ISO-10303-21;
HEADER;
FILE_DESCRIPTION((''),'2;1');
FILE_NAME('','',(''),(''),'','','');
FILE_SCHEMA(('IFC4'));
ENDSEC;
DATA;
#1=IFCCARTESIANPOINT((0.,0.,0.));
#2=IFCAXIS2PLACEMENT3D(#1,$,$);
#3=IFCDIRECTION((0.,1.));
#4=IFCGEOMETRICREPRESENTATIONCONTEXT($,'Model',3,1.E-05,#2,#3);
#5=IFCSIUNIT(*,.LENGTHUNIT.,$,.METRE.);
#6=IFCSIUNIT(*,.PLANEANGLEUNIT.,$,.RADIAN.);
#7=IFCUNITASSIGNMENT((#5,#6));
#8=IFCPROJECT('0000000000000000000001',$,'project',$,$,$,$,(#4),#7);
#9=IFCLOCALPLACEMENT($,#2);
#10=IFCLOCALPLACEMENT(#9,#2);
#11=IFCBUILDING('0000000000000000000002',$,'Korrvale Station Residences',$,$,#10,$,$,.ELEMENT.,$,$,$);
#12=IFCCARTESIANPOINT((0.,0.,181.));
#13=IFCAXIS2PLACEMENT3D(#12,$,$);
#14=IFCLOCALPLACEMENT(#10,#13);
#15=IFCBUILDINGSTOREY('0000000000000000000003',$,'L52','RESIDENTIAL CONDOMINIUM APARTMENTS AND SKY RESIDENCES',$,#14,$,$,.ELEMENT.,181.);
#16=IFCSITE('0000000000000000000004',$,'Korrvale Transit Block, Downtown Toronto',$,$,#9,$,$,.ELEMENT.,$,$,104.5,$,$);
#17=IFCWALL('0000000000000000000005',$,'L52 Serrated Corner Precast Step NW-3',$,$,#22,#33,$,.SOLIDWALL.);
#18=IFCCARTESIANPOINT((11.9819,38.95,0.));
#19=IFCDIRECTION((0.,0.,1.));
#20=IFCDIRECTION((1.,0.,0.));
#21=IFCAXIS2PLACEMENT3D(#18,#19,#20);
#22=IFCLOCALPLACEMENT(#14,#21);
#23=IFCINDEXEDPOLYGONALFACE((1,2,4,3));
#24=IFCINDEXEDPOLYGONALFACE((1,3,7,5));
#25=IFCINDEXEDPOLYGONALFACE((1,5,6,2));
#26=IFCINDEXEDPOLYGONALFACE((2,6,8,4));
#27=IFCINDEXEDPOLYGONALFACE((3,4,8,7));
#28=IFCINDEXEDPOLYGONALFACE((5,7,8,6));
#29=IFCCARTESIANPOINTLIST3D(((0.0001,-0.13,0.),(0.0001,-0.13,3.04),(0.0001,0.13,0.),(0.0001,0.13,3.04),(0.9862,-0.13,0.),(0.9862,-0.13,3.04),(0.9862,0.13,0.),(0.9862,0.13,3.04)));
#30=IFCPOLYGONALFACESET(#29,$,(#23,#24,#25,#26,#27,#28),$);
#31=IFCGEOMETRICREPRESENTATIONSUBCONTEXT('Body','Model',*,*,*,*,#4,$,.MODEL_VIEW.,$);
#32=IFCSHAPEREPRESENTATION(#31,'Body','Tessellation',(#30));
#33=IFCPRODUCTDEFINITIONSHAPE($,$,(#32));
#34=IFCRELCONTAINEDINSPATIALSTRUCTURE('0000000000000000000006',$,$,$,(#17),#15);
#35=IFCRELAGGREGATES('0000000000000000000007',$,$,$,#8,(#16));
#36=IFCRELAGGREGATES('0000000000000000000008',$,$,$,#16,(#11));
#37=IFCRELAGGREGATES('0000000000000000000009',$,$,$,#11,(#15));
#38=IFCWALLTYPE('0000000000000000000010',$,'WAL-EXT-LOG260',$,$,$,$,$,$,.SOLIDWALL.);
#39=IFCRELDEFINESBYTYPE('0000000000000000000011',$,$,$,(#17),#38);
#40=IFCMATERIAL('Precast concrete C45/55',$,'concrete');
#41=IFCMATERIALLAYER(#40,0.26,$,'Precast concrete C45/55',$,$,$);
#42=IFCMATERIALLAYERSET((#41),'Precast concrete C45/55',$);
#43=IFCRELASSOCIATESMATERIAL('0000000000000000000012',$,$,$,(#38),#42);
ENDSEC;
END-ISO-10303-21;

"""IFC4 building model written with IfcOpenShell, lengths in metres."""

from ifc_helpers import new_model, si_unit, direction, frame, frame_2d, origin, place, context, subcontext, project, spatial, rectangle, extrude, material, layer, layer_set, type_object, element, save


model = new_model("IFC4")

# Units and contexts
model_context = context("Model", 3, precision=1e-05, world=origin(), true_north=direction((0.0, 1.0)))
body_context = subcontext(model_context, "Body", "Model", "MODEL_VIEW")
ifc_project = project(units=[si_unit("LENGTHUNIT", "METRE"), si_unit("PLANEANGLEUNIT", "RADIAN")], contexts=[model_context])

# Site, building, storey
site_placement = place(None, origin())
site = spatial("IfcSite", under=ifc_project, at=site_placement, Name="Korrvale Transit Block, Downtown Toronto", CompositionType="ELEMENT", RefElevation=104.5)
building_placement = place(site_placement, origin())
building = spatial("IfcBuilding", under=site, at=building_placement, Name="Korrvale Station Residences", CompositionType="ELEMENT")
storey_placement = place(building_placement, frame((0.0, 0.0, 181.0)))
storey = spatial("IfcBuildingStorey", under=building, at=storey_placement, Name="L52", Description="RESIDENTIAL CONDOMINIUM APARTMENTS AND SKY RESIDENCES", CompositionType="ELEMENT", Elevation=181.0)

# Wall
ifc_material_1 = material(Name="Precast concrete C45/55", Category="concrete")
ifc_layer_1 = layer(ifc_material_1, 0.26, Name="Precast concrete C45/55")
ifc_layer_set_1 = layer_set([ifc_layer_1], Name="Precast concrete C45/55")
wall_type_1 = type_object("IfcWallType", Name="WAL-EXT-LOG260", PredefinedType="SOLIDWALL", material=ifc_layer_set_1)
wall_1_placement = place(storey_placement, frame((11.9819, 38.95, 0.0), z_axis=(0.0, 0.0, 1.0), x_axis=(1.0, 0.0, 0.0)))
element("IfcWall", 1, at=wall_1_placement, inside=storey, type_object=wall_type_1, Name="L52 Serrated Corner Precast Step NW-3", PredefinedType="SOLIDWALL", context=body_context, shape_type="SweptSolid", body=[
    extrude(rectangle(XDim=0.9861, YDim=0.26, at=frame_2d((0.4932, 0.0))), origin(), (0.0, 0.0, 1.0), 3.04),
])

save(model, "model.ifc")
